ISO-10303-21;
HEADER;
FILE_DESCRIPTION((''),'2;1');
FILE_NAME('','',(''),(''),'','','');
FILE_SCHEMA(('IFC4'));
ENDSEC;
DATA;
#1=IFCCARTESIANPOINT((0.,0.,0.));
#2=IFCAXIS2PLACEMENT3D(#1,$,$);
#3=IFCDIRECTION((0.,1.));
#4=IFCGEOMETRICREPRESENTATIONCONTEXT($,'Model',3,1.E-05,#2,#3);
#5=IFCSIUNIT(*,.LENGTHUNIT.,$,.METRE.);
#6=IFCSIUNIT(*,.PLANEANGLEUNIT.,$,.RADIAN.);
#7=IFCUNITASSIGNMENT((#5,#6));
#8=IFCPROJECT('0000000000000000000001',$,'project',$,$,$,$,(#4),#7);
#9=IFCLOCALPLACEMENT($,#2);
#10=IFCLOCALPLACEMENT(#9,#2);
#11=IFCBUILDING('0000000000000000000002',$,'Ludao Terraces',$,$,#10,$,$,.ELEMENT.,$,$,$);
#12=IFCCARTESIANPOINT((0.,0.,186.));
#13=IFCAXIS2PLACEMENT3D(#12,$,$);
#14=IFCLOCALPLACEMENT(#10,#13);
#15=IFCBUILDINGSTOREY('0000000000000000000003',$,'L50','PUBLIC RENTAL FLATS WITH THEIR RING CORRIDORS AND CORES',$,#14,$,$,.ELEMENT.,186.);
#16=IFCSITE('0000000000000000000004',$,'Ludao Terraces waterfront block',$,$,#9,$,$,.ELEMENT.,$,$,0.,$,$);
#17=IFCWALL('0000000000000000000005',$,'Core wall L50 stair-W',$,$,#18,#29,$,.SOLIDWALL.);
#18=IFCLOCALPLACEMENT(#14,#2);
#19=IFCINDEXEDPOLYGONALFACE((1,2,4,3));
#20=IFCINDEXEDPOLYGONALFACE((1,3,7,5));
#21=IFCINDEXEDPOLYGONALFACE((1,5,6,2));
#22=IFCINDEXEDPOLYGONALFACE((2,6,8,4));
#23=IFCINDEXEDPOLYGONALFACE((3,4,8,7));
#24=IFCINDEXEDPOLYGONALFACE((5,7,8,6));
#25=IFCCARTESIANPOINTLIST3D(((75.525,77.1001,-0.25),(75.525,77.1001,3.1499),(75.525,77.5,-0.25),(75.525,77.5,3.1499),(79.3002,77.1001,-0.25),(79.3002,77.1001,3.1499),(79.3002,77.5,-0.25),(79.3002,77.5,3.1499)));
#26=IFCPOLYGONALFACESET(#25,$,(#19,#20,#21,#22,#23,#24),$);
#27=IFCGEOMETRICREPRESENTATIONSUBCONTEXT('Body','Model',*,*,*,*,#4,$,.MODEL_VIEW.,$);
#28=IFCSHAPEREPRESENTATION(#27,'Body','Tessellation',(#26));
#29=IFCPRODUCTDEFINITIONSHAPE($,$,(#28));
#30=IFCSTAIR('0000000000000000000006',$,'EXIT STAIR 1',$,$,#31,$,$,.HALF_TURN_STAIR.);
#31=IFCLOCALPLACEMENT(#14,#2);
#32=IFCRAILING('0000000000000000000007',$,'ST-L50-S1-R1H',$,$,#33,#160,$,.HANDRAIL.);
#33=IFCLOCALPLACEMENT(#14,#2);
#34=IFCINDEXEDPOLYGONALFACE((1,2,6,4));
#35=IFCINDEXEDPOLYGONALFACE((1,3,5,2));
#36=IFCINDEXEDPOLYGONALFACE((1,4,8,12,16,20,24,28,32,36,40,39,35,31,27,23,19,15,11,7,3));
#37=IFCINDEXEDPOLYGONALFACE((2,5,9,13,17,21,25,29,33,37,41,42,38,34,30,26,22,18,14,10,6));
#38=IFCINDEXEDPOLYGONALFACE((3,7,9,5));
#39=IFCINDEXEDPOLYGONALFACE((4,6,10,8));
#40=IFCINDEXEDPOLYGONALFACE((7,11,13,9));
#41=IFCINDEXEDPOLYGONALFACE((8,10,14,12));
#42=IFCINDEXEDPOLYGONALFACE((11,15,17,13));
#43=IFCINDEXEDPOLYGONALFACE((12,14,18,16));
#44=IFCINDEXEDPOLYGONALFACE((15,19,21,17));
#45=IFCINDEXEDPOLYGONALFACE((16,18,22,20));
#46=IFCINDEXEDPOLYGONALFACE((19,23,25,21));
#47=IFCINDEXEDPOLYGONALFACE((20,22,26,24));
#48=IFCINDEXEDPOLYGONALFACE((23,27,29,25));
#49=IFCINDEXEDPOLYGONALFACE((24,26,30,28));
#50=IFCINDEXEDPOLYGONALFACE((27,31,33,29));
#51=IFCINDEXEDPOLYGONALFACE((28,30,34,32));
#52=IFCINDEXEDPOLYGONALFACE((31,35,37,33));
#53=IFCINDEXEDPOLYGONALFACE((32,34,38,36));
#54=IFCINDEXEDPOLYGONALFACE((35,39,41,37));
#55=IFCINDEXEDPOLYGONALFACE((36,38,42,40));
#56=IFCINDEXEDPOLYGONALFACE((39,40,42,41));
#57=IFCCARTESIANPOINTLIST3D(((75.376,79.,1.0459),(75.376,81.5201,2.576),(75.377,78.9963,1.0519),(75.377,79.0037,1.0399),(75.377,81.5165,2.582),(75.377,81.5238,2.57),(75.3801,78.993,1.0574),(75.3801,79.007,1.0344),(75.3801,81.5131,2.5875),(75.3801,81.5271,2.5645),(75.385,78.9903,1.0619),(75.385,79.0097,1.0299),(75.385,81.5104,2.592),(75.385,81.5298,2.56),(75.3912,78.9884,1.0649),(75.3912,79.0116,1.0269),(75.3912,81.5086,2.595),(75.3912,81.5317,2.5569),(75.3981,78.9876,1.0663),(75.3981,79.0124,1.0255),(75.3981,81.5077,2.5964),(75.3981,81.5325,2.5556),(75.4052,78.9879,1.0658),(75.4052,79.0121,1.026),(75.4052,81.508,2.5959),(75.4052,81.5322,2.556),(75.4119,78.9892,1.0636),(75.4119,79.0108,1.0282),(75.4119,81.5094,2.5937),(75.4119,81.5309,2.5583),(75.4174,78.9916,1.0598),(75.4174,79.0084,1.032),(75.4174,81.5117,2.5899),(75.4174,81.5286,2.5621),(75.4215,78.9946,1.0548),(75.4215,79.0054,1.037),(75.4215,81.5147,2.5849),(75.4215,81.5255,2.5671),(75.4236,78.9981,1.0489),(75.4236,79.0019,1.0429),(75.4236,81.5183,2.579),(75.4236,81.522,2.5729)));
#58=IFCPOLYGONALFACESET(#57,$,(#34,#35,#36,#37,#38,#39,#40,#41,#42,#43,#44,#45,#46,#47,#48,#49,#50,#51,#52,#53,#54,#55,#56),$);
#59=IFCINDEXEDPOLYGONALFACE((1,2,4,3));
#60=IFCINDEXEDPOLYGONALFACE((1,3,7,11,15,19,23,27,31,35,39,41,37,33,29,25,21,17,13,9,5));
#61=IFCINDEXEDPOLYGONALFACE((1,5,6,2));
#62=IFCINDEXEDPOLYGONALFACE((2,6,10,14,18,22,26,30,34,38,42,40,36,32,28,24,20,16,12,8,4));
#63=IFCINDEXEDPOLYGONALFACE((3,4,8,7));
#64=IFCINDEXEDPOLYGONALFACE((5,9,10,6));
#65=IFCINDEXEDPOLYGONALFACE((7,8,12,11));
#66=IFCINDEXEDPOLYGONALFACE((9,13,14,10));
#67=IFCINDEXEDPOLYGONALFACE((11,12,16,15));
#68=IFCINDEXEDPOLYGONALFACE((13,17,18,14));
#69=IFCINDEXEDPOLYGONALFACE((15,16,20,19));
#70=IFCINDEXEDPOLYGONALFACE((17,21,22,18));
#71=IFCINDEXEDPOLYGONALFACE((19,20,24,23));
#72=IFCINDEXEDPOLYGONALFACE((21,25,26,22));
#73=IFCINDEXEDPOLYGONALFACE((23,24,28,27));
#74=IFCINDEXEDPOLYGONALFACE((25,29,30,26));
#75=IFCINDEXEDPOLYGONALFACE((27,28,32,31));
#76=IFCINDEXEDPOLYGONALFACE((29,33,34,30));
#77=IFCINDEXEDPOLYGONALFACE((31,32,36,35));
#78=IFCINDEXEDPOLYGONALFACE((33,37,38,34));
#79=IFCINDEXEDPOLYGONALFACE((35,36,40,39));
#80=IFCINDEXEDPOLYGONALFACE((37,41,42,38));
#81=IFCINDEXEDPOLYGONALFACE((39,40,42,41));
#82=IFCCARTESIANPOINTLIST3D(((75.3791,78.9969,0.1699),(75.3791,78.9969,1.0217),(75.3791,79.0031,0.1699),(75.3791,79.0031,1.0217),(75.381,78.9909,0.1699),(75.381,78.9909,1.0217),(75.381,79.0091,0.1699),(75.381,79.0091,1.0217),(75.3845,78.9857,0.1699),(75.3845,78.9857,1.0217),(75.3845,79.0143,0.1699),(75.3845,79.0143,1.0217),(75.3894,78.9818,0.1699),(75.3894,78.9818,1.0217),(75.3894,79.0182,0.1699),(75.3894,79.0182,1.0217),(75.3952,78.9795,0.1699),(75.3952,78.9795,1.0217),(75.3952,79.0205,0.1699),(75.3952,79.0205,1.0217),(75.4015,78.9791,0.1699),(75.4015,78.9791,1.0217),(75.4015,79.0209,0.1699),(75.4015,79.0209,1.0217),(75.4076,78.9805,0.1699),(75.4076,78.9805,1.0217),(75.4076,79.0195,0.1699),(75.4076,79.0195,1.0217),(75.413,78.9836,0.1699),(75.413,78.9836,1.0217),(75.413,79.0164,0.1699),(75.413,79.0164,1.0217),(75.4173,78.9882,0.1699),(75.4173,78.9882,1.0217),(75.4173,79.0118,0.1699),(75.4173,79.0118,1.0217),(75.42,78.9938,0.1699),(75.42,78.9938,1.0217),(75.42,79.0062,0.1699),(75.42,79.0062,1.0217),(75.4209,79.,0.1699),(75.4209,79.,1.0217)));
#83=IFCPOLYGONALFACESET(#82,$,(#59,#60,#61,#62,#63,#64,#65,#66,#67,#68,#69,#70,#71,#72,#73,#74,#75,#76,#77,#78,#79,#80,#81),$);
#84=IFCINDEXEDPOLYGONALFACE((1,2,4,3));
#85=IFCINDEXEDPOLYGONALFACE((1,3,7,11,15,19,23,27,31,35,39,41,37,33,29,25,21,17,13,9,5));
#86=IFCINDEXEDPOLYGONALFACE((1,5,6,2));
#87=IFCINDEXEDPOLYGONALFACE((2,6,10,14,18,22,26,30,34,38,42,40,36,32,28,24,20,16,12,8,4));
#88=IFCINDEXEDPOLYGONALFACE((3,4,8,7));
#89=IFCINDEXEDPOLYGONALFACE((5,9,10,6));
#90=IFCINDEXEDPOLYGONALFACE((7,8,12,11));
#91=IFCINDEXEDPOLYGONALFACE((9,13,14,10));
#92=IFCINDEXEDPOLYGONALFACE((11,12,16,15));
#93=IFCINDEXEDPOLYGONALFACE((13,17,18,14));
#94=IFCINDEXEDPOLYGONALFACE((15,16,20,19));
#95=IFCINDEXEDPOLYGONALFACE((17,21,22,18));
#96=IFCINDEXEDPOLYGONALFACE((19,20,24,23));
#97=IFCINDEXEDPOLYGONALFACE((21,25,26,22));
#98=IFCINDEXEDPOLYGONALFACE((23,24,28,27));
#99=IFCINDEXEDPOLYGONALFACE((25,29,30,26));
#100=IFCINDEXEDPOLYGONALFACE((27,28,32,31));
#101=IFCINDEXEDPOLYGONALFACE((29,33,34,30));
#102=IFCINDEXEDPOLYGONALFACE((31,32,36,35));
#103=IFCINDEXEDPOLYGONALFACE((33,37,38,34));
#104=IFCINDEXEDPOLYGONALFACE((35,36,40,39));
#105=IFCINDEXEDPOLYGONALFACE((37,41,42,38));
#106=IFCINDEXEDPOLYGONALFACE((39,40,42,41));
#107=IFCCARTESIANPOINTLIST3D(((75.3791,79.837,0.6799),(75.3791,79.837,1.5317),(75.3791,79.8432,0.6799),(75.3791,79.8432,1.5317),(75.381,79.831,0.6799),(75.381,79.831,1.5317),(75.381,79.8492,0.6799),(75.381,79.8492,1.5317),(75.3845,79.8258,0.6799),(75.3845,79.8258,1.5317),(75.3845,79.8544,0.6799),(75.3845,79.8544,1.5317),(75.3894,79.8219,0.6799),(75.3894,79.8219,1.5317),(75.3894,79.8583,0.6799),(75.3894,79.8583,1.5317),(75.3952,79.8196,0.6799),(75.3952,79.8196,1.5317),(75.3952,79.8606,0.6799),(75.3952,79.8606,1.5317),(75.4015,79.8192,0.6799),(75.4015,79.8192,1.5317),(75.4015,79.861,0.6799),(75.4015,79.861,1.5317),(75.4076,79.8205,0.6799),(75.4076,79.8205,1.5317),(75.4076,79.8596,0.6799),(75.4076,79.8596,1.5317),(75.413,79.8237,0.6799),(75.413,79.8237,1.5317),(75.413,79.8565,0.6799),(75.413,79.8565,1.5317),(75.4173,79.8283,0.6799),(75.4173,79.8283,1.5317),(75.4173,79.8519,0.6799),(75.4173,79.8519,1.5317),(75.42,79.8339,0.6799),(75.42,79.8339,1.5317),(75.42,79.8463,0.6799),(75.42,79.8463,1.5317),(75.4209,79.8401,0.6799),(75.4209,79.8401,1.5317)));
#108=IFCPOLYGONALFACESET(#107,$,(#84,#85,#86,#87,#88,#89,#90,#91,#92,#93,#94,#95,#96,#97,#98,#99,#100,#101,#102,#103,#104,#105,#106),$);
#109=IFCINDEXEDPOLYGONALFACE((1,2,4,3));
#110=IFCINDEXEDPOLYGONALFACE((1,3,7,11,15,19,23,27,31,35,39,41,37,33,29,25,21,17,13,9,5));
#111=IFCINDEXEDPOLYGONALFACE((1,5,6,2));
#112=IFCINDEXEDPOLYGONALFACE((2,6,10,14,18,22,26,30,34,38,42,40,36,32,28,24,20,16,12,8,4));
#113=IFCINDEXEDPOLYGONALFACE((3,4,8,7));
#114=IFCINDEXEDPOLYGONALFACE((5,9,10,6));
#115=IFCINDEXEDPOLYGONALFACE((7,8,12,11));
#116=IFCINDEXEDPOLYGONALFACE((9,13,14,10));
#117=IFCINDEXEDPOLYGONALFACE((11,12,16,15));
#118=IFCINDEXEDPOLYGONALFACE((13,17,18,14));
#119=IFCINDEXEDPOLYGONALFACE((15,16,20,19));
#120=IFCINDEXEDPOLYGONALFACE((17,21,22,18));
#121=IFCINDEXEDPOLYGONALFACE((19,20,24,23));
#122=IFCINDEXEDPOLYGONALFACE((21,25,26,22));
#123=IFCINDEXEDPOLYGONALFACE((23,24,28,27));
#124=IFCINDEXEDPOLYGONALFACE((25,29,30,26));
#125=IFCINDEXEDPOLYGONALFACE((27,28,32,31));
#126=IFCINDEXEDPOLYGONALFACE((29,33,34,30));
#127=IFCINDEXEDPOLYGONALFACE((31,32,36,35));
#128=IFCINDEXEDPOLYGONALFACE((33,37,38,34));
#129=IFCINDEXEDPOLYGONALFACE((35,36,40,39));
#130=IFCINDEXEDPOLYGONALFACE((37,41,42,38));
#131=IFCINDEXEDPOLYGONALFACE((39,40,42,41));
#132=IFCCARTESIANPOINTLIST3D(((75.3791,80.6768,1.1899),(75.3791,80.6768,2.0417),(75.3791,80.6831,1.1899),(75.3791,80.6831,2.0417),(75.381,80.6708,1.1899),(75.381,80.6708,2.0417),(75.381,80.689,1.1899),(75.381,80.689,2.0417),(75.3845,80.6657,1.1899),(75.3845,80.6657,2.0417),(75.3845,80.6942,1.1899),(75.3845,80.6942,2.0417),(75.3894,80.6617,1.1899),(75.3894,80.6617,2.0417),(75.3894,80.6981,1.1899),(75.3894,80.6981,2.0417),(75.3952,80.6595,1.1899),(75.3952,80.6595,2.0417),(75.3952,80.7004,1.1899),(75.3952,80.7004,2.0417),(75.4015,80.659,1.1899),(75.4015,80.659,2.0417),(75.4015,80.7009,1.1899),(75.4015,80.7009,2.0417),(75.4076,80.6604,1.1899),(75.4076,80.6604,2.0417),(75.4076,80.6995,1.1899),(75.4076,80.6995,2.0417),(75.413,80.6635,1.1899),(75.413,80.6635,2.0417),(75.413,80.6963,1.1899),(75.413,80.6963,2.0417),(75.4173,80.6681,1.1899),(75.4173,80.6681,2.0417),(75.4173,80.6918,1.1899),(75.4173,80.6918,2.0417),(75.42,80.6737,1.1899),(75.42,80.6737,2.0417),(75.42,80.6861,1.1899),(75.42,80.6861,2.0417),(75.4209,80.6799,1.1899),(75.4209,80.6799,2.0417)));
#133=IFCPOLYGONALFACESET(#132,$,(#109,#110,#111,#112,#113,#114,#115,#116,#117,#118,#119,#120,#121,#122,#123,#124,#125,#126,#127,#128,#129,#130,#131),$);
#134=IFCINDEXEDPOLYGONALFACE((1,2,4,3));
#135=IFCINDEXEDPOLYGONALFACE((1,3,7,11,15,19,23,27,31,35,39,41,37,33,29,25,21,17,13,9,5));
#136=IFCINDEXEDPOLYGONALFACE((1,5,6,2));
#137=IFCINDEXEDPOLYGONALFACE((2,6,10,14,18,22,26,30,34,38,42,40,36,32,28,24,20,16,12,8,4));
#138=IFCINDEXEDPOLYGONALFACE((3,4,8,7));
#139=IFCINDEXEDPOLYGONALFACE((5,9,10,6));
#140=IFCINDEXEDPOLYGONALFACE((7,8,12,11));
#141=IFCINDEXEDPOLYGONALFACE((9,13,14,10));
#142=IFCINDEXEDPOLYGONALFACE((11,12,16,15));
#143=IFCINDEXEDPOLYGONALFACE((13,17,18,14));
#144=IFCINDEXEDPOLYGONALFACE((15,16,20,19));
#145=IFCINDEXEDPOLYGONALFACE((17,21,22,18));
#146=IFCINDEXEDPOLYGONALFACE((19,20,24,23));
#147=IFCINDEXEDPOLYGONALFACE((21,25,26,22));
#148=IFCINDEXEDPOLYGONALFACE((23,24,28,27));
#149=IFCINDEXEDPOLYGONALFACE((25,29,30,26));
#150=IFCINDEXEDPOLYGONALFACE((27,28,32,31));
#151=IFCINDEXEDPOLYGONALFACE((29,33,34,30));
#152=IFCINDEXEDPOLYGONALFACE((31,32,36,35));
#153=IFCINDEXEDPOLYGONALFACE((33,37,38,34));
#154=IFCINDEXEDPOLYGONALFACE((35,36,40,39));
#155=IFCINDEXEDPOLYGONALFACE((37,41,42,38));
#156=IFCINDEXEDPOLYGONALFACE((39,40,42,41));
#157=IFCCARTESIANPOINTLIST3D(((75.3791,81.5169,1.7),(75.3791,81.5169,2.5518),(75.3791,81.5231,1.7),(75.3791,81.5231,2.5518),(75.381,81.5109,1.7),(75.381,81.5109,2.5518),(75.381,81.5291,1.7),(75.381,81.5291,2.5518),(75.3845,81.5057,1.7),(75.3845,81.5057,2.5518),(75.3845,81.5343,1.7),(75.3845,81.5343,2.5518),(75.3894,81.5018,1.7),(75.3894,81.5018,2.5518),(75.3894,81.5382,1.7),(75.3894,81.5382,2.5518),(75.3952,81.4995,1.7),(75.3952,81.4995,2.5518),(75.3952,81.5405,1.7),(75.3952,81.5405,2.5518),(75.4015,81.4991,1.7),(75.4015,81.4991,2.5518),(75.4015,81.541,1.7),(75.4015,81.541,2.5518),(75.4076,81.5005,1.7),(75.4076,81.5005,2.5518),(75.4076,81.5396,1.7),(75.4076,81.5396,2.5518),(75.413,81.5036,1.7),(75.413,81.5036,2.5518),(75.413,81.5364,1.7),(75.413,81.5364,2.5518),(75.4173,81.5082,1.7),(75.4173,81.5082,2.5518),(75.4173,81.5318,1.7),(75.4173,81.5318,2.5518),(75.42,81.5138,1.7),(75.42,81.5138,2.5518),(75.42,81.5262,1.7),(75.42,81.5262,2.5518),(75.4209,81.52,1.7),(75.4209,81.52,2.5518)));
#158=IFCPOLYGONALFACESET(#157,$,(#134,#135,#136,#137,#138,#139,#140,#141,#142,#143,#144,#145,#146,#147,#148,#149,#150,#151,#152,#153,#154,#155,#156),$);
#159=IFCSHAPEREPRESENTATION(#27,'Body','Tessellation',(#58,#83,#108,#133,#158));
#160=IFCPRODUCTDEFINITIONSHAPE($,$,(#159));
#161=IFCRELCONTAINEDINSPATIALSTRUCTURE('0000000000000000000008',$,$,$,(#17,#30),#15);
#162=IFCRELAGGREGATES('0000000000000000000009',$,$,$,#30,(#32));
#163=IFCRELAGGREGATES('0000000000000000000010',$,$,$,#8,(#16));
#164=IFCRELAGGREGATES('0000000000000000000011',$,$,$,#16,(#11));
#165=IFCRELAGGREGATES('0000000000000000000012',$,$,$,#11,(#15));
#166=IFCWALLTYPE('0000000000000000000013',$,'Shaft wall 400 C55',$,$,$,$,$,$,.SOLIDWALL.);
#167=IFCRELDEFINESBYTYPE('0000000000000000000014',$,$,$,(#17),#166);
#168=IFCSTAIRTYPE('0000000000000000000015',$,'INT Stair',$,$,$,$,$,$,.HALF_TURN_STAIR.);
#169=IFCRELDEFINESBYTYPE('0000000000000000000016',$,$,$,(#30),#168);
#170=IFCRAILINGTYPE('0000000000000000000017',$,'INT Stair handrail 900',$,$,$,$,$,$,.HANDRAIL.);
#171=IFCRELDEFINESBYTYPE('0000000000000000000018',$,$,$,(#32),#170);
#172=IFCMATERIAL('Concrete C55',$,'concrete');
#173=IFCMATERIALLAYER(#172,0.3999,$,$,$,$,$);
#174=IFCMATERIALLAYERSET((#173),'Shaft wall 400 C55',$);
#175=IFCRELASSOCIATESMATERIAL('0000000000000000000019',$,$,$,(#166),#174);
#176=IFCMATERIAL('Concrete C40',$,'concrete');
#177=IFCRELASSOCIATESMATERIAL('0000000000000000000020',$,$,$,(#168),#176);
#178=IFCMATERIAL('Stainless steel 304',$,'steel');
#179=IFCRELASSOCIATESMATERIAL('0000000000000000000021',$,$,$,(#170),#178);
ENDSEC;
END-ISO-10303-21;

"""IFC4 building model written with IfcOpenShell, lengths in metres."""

from ifc_helpers import new_model, si_unit, direction, frame, frame_2d, origin, origin_2d, place, context, subcontext, project, spatial, rectangle, circle, extrude, material, layer, layer_set, type_object, element, aggregate, save


model = new_model("IFC4")

# Units and contexts
model_context = context("Model", 3, precision=1e-05, world=origin(), true_north=direction((0.0, 1.0)))
body_context = subcontext(model_context, "Body", "Model", "MODEL_VIEW")
ifc_project = project(units=[si_unit("LENGTHUNIT", "METRE"), si_unit("PLANEANGLEUNIT", "RADIAN")], contexts=[model_context])

# Site, building, storey
site_placement = place(None, origin())
site = spatial("IfcSite", under=ifc_project, at=site_placement, Name="Ludao Terraces waterfront block", CompositionType="ELEMENT", RefElevation=0.0)
building_placement = place(site_placement, origin())
building = spatial("IfcBuilding", under=site, at=building_placement, Name="Ludao Terraces", CompositionType="ELEMENT")
storey_placement = place(building_placement, frame((0.0, 0.0, 186.0)))
storey = spatial("IfcBuildingStorey", under=building, at=storey_placement, Name="L50", Description="PUBLIC RENTAL FLATS WITH THEIR RING CORRIDORS AND CORES", CompositionType="ELEMENT", Elevation=186.0)

# Shared definitions
ifc_material_1 = material(Name="Concrete C40", Category="concrete")

# Shared definitions
ifc_material_2 = material(Name="Concrete C55", Category="concrete")

# Shared definitions
ifc_material_3 = material(Name="Stainless steel 304", Category="steel")

# Wall
ifc_layer_1 = layer(ifc_material_2, 0.3999)
ifc_layer_set_1 = layer_set([ifc_layer_1], Name="Shaft wall 400 C55")
wall_type_1 = type_object("IfcWallType", Name="Shaft wall 400 C55", PredefinedType="SOLIDWALL", material=ifc_layer_set_1)
wall_1_placement = place(storey_placement, frame((75.5249, 77.3, -0.25), z_axis=(0.0, 0.0, 1.0), x_axis=(1.0, 0.0, 0.0)))
element("IfcWall", 1, at=wall_1_placement, inside=storey, type_object=wall_type_1, Name="Core wall L50 stair-W", PredefinedType="SOLIDWALL", context=body_context, shape_type="SweptSolid", body=[
    extrude(rectangle(XDim=3.7751, YDim=0.3999, at=frame_2d((1.8877, 0.0))), origin(), (0.0, 0.0, 1.0), 3.3999),
])

# Stair, railing
stair_type = type_object("IfcStairType", Name="INT Stair", PredefinedType="HALF_TURN_STAIR", material=ifc_material_1)
stair_placement = place(storey_placement, origin())
stair = element("IfcStair", 2, at=stair_placement, inside=storey, type_object=stair_type, Name="EXIT STAIR 1", PredefinedType="HALF_TURN_STAIR")
railing_type = type_object("IfcRailingType", Name="INT Stair handrail 900", PredefinedType="HANDRAIL", material=ifc_material_3)
railing_placement = place(storey_placement, frame((75.3999, 79.0, 0.1699)))
railing = element("IfcRailing", 3, at=railing_placement, type_object=railing_type, Name="ST-L50-S1-R1H", PredefinedType="HANDRAIL", context=body_context, shape_type="SweptSolid", body=[
    extrude(circle(Radius=0.0239, at=origin_2d()), frame((0.0, 0.0, 0.876), z_axis=(0.0, 0.854785, 0.518982), x_axis=(-1.0, 0.0, 0.0)), (0.0, 0.0, 1.0), 2.9482),
    extrude(circle(Radius=0.021, at=origin_2d()), origin(), (0.0, 0.0, 1.0), 0.8518),
    extrude(circle(Radius=0.021, at=origin_2d()), frame((0.0, 0.8401, 0.51)), (0.0, 0.0, 1.0), 0.8518),
    extrude(circle(Radius=0.021, at=origin_2d()), frame((0.0, 1.6799, 1.02)), (0.0, 0.0, 1.0), 0.8518),
    extrude(circle(Radius=0.021, at=origin_2d()), frame((0.0, 2.52, 1.53)), (0.0, 0.0, 1.0), 0.8518),
])
aggregate(stair, [railing])

save(model, "model.ifc")
